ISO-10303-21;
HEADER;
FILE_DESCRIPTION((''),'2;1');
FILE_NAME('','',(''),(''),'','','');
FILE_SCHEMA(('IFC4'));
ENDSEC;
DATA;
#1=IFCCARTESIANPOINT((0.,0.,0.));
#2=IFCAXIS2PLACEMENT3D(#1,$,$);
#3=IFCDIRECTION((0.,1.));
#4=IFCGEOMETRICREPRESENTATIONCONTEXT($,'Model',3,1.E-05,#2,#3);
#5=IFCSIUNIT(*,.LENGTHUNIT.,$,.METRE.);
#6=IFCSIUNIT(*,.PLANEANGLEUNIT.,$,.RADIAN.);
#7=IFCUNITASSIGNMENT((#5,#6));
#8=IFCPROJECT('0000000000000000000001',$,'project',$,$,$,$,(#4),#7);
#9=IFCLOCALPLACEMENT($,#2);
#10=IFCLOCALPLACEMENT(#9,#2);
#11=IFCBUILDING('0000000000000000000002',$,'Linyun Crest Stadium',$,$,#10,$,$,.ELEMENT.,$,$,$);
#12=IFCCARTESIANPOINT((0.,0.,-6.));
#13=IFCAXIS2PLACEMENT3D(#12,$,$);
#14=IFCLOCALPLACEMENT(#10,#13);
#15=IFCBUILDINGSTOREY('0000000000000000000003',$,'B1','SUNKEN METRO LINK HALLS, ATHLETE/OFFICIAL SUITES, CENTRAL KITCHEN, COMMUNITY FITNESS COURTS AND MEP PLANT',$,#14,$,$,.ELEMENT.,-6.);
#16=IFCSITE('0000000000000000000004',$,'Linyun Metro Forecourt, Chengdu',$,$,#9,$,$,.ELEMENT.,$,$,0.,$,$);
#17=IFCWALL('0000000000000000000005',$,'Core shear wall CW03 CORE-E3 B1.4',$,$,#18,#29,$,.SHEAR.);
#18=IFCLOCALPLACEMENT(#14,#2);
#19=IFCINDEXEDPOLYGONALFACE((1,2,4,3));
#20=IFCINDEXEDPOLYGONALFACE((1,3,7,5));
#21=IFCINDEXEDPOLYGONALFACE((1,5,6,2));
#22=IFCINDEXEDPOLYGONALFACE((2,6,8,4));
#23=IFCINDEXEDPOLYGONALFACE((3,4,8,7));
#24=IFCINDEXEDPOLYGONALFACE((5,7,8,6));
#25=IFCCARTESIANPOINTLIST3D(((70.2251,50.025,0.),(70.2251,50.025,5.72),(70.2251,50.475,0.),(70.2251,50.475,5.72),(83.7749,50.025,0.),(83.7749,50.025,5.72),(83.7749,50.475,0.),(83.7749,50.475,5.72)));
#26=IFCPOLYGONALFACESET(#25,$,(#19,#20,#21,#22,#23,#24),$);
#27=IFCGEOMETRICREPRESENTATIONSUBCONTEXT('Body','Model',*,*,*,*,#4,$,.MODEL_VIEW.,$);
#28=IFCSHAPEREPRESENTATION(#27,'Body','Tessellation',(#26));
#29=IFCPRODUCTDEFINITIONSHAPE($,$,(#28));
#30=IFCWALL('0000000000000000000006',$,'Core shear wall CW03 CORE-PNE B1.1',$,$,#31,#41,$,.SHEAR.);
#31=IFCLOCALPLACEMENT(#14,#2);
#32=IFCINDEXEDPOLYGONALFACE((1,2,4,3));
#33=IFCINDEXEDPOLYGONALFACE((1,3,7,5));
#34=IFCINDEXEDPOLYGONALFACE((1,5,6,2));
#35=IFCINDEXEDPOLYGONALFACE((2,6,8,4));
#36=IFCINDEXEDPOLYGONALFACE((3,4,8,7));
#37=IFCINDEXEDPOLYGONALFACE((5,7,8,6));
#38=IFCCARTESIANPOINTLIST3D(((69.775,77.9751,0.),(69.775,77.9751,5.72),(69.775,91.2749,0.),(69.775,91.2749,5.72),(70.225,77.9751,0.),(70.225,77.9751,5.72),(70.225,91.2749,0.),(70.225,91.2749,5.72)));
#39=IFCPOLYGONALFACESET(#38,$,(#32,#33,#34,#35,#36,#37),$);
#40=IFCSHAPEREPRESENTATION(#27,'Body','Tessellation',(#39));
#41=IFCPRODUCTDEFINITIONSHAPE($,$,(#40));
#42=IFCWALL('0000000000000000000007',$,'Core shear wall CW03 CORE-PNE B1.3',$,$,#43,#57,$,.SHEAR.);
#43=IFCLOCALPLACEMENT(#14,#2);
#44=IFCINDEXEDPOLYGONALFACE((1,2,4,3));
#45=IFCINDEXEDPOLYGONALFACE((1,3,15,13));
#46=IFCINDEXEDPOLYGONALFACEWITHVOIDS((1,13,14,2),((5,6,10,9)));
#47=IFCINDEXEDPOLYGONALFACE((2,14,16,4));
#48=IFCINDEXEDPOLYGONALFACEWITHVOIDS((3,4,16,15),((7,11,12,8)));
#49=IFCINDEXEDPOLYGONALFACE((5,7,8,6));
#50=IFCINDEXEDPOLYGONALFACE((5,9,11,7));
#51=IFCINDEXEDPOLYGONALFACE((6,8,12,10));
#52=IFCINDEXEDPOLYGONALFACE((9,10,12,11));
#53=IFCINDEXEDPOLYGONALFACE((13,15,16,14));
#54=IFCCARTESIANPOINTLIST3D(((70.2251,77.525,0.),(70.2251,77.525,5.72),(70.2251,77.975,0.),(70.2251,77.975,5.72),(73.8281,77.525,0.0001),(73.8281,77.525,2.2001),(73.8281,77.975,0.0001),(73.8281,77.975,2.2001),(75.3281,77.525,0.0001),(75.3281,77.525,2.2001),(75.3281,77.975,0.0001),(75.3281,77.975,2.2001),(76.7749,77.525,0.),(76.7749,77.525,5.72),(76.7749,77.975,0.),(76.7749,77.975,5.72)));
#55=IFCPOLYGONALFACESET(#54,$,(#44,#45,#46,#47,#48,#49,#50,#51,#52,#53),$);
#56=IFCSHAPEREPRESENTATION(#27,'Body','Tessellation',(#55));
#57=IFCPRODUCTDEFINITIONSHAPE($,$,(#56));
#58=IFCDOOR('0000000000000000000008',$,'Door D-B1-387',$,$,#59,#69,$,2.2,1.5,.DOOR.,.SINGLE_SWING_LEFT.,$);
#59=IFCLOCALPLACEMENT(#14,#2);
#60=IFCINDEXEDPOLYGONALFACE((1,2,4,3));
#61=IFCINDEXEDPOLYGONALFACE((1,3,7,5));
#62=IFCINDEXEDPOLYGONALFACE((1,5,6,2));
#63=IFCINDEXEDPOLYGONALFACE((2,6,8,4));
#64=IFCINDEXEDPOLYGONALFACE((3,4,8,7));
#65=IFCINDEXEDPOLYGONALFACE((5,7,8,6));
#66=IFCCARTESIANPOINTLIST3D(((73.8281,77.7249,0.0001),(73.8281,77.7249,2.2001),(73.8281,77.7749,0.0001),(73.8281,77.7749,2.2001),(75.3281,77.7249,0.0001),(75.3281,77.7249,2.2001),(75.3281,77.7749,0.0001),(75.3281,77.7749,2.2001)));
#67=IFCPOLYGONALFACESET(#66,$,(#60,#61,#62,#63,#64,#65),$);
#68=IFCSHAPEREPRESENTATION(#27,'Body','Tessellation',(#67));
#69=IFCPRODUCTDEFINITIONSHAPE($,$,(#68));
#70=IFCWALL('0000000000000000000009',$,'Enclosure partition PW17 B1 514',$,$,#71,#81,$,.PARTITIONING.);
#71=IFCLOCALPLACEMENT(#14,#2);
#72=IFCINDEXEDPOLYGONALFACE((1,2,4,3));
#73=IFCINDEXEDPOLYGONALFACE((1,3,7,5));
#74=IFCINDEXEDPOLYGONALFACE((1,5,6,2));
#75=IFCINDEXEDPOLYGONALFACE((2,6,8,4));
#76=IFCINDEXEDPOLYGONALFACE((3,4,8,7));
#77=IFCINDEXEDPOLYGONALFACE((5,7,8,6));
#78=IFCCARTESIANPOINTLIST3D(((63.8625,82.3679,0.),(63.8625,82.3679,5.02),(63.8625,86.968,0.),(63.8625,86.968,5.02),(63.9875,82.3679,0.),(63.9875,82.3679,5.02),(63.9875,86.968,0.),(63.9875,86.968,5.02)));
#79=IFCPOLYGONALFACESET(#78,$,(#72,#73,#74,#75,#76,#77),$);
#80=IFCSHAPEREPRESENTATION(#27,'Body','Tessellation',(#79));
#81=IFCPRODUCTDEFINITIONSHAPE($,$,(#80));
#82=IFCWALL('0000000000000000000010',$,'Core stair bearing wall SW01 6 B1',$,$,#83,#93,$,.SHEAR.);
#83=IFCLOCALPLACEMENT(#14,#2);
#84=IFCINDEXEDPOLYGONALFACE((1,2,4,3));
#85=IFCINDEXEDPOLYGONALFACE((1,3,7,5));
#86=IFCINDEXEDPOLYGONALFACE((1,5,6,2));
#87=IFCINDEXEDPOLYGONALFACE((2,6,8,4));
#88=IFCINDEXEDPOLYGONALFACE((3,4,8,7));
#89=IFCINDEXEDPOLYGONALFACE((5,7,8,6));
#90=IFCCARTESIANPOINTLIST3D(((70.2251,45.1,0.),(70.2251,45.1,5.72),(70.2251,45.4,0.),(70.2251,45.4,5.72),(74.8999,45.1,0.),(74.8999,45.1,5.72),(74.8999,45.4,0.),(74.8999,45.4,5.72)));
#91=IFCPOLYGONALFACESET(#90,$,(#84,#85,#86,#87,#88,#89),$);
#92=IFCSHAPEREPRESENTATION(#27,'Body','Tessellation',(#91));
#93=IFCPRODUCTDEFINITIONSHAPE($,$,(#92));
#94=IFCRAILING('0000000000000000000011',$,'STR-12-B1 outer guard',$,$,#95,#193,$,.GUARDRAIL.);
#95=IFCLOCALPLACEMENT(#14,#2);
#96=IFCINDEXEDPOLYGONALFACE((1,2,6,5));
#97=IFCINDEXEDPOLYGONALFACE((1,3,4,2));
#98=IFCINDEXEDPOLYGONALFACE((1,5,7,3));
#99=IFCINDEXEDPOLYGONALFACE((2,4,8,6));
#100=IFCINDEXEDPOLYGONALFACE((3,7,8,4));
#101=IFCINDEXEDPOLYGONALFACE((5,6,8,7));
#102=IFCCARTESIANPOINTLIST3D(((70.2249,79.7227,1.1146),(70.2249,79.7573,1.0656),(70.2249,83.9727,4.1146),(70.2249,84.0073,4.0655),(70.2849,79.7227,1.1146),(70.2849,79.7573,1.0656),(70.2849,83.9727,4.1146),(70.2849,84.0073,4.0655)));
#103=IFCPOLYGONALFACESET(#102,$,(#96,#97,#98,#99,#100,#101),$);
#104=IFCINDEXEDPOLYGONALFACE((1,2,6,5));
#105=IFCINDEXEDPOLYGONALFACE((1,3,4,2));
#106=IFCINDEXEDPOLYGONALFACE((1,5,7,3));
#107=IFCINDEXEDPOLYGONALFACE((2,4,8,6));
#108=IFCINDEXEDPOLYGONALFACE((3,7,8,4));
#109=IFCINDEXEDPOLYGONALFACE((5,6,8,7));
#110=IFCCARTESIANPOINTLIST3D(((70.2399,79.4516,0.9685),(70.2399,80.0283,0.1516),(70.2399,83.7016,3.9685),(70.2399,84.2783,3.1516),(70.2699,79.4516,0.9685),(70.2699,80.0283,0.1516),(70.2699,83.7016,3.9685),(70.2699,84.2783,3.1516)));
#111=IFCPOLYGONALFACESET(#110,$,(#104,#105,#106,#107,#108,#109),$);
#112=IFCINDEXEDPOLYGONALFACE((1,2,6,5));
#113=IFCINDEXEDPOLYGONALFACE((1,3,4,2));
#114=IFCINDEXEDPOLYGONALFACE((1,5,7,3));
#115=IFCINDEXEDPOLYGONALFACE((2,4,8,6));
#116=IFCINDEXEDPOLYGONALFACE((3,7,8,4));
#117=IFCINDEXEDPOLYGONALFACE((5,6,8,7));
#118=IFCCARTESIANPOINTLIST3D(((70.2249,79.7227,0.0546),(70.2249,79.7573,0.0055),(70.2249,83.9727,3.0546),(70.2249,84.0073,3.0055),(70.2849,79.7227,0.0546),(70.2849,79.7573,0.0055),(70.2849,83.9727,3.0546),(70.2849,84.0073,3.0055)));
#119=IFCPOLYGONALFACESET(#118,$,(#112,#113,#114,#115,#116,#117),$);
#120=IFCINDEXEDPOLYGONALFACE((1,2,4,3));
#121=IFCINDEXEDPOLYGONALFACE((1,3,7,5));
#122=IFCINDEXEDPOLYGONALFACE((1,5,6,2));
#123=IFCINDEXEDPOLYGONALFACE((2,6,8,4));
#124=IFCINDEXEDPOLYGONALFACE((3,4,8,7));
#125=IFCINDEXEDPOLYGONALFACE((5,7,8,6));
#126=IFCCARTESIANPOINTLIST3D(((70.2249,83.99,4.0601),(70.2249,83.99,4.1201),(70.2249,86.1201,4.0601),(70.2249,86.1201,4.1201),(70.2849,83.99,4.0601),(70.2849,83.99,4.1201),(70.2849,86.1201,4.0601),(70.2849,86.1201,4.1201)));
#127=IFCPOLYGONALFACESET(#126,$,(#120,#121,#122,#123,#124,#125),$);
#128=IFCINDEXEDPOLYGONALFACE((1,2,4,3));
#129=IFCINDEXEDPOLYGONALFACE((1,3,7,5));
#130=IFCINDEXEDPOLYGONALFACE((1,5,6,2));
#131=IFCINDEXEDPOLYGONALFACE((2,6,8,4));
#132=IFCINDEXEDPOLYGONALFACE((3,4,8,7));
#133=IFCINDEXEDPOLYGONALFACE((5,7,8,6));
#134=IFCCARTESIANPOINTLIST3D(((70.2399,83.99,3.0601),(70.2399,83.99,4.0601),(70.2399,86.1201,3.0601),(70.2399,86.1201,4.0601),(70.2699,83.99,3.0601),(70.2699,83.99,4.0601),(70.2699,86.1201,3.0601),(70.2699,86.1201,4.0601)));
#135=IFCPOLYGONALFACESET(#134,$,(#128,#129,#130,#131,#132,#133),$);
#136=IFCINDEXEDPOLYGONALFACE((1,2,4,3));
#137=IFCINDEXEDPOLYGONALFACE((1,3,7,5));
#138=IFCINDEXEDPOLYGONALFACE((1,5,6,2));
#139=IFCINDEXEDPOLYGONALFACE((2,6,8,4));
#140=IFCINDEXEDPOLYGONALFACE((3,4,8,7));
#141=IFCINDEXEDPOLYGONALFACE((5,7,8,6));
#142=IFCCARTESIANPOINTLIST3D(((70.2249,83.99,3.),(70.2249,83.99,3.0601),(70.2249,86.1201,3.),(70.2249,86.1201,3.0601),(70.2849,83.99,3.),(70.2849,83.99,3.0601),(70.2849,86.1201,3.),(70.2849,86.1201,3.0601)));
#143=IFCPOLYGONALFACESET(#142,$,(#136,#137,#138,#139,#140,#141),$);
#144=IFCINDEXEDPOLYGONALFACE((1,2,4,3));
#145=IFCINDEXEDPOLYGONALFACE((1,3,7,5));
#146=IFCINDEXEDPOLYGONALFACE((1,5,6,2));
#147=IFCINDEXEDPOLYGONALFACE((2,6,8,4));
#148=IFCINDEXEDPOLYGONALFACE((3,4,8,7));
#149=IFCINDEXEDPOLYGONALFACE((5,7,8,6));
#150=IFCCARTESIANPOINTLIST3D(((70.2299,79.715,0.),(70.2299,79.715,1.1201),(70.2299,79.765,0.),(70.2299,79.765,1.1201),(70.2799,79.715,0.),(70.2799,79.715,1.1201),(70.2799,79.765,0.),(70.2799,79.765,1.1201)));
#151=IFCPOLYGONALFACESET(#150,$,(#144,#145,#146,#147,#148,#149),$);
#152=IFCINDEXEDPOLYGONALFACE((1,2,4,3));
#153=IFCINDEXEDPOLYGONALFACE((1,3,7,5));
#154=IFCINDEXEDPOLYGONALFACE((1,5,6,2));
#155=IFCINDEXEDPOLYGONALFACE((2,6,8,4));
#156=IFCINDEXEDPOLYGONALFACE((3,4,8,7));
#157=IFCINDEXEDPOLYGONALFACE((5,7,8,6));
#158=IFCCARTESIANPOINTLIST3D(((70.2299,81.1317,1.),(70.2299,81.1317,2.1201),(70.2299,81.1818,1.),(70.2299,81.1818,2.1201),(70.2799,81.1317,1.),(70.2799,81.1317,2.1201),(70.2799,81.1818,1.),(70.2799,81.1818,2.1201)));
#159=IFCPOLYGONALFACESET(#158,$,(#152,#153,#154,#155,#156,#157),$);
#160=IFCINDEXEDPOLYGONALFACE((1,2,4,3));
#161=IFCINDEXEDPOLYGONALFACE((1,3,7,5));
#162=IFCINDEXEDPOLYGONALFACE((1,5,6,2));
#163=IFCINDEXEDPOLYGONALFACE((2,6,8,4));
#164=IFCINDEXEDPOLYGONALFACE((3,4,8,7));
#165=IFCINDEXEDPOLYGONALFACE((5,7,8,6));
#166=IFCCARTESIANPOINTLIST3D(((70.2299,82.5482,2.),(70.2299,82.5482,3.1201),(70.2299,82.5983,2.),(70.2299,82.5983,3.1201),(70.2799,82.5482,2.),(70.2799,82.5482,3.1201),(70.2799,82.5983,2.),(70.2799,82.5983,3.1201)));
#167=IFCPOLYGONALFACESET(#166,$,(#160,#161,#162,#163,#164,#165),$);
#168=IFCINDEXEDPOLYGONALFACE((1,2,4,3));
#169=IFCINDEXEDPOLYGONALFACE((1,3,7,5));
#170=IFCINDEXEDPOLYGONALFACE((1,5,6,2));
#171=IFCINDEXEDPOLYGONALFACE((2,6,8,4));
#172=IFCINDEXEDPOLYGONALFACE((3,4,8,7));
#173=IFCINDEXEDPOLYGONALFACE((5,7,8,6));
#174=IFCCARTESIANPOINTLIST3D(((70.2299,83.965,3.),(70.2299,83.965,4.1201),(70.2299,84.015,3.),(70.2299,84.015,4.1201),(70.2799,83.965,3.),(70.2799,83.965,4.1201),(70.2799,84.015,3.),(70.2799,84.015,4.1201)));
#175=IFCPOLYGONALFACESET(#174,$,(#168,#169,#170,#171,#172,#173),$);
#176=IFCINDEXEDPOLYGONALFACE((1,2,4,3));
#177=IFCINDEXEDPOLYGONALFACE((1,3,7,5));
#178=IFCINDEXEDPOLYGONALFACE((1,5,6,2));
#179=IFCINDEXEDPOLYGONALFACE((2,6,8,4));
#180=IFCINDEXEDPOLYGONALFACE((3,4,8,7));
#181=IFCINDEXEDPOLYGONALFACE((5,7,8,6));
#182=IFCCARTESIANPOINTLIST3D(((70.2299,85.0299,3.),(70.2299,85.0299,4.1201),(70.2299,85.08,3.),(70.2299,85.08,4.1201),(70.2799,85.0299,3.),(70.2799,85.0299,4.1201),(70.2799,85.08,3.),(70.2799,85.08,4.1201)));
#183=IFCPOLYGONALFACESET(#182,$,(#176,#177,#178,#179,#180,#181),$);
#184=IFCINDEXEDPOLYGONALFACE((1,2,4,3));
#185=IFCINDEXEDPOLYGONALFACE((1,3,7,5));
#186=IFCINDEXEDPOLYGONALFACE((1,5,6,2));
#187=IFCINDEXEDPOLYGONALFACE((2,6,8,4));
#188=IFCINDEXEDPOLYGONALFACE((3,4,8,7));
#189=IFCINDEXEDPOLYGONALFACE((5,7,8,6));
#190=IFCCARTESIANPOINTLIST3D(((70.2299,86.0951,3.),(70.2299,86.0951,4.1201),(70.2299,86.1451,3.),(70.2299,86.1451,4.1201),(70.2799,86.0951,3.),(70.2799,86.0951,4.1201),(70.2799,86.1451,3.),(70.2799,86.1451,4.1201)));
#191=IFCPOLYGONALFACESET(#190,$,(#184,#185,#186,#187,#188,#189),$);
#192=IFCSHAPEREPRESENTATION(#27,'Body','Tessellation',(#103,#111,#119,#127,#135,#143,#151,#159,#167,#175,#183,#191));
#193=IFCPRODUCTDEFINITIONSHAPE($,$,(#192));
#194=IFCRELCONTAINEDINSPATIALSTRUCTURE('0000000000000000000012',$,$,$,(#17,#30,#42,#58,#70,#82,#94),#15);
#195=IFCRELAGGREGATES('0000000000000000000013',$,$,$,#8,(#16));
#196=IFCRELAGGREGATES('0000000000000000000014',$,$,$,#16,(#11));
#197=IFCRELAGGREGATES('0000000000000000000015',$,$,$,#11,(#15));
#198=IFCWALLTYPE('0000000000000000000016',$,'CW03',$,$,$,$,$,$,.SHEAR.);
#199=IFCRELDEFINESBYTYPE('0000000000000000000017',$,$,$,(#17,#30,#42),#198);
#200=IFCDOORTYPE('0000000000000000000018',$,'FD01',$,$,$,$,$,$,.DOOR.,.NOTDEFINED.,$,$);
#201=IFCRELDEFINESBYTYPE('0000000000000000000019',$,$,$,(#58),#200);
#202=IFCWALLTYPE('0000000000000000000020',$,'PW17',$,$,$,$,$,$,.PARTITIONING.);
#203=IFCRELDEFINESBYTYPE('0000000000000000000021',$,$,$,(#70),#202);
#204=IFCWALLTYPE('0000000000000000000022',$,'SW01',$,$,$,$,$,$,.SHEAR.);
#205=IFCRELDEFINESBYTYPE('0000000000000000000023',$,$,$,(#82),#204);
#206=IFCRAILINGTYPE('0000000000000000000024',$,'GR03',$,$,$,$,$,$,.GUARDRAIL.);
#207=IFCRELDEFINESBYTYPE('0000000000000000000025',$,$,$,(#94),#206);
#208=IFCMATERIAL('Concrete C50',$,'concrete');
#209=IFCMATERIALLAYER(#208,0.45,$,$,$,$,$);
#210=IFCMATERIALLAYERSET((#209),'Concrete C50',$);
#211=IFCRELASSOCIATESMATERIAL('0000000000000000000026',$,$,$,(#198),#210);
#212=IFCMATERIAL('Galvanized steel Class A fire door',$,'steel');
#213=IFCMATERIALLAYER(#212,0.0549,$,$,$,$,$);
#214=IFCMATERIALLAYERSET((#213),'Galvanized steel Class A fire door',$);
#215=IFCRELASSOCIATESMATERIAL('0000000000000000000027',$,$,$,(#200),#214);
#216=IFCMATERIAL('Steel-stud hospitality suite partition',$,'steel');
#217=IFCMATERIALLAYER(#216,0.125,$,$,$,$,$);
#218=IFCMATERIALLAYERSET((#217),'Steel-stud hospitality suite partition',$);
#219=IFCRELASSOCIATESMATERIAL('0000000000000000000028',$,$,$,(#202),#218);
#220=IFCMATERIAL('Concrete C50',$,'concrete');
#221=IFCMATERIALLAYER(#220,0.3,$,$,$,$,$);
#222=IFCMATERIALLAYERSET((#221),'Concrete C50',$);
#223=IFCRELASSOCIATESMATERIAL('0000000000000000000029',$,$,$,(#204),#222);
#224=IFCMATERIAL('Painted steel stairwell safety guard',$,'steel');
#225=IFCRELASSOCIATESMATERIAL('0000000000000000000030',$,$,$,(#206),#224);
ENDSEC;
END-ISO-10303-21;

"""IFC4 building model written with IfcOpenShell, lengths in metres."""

from ifc_helpers import new_model, si_unit, direction, frame, frame_2d, origin, origin_2d, place, context, subcontext, project, spatial, rectangle, extrude, material, layer, layer_set, type_object, element, fill, save


model = new_model("IFC4")

# Units and contexts
model_context = context("Model", 3, precision=1e-05, world=origin(), true_north=direction((0.0, 1.0)))
body_context = subcontext(model_context, "Body", "Model", "MODEL_VIEW")
ifc_project = project(units=[si_unit("LENGTHUNIT", "METRE"), si_unit("PLANEANGLEUNIT", "RADIAN")], contexts=[model_context])

# Site, building, storey
site_placement = place(None, origin())
site = spatial("IfcSite", under=ifc_project, at=site_placement, Name="Linyun Metro Forecourt, Chengdu", CompositionType="ELEMENT", RefElevation=0.0)
building_placement = place(site_placement, origin())
building = spatial("IfcBuilding", under=site, at=building_placement, Name="Linyun Crest Stadium", CompositionType="ELEMENT")
storey_placement = place(building_placement, frame((0.0, 0.0, -6.0)))
storey = spatial("IfcBuildingStorey", under=building, at=storey_placement, Name="B1", Description="SUNKEN METRO LINK HALLS, ATHLETE/OFFICIAL SUITES, CENTRAL KITCHEN, COMMUNITY FITNESS COURTS AND MEP PLANT", CompositionType="ELEMENT", Elevation=-6.0)

# Walls
ifc_material_1 = material(Name="Concrete C50", Category="concrete")
ifc_layer_1 = layer(ifc_material_1, 0.45)
ifc_layer_set_1 = layer_set([ifc_layer_1], Name="Concrete C50")
wall_type_1 = type_object("IfcWallType", Name="CW03", PredefinedType="SHEAR", material=ifc_layer_set_1)
wall_1_placement = place(storey_placement, frame((70.2251, 50.25, 0.0), z_axis=(0.0, 0.0, 1.0), x_axis=(1.0, 0.0, 0.0)))
element("IfcWall", 1, at=wall_1_placement, inside=storey, type_object=wall_type_1, Name="Core shear wall CW03 CORE-E3 B1.4", PredefinedType="SHEAR", context=body_context, shape_type="SweptSolid", body=[
    extrude(rectangle(XDim=13.5498, YDim=0.45, at=frame_2d((6.7749, 0.0))), origin(), (0.0, 0.0, 1.0), 5.72),
])
wall_2_placement = place(storey_placement, frame((70.0, 77.9751, 0.0), z_axis=(0.0, 0.0, 1.0), x_axis=(0.0, 1.0, 0.0)))
element("IfcWall", 2, at=wall_2_placement, inside=storey, type_object=wall_type_1, Name="Core shear wall CW03 CORE-PNE B1.1", PredefinedType="SHEAR", context=body_context, shape_type="SweptSolid", body=[
    extrude(rectangle(XDim=13.2998, YDim=0.45, at=frame_2d((6.6499, 0.0))), origin(), (0.0, 0.0, 1.0), 5.72),
])

# Wall, opening, door
wall_3_placement = place(storey_placement, frame((70.2251, 77.75, 0.0), z_axis=(0.0, 0.0, 1.0), x_axis=(1.0, 0.0, 0.0)))
wall_3 = element("IfcWall", 3, at=wall_3_placement, inside=storey, type_object=wall_type_1, Name="Core shear wall CW03 CORE-PNE B1.3", PredefinedType="SHEAR", context=body_context, shape_type="SweptSolid", body=[
    extrude(rectangle(XDim=6.5498, YDim=0.45, at=frame_2d((3.2749, 0.0))), origin(), (0.0, 0.0, 1.0), 5.72),
])
opening_placement = place(wall_3_placement, frame((3.603, 0.0, 0.0)))
opening = element("IfcOpeningElement", 4, at=opening_placement, cuts=wall_3, PredefinedType="OPENING", context=body_context, shape_type="SweptSolid", body=[
    extrude(rectangle(XDim=1.5, YDim=2.2, at=frame_2d((0.75, 1.1001))), frame((0.0, 0.2349, 0.0), z_axis=(0.0, -1.0, 0.0), x_axis=(1.0, 0.0, 0.0)), (0.0, 0.0, 1.0), 0.47),
])
ifc_material_2 = material(Name="Galvanized steel Class A fire door", Category="steel")
ifc_layer_2 = layer(ifc_material_2, 0.0549)
ifc_layer_set_2 = layer_set([ifc_layer_2], Name="Galvanized steel Class A fire door")
door_type = type_object("IfcDoorType", Name="FD01", OperationType="NOTDEFINED", PredefinedType="DOOR", material=ifc_layer_set_2)
door_placement = place(opening_placement, origin())
door = element("IfcDoor", 5, at=door_placement, inside=storey, type_object=door_type, Name="Door D-B1-387", OperationType="SINGLE_SWING_LEFT", OverallHeight=2.2, OverallWidth=1.5, PredefinedType="DOOR", context=body_context, shape_type="SweptSolid", body=[
    extrude(rectangle(XDim=1.5, YDim=2.2, at=frame_2d((0.75, 1.1001))), frame((0.0, 0.0249, 0.0), z_axis=(0.0, -1.0, 0.0), x_axis=(1.0, 0.0, 0.0)), (0.0, 0.0, 1.0), 0.05),
])
fill(opening, door)

# Walls
ifc_material_3 = material(Name="Steel-stud hospitality suite partition", Category="steel")
ifc_layer_3 = layer(ifc_material_3, 0.125)
ifc_layer_set_3 = layer_set([ifc_layer_3], Name="Steel-stud hospitality suite partition")
wall_type_2 = type_object("IfcWallType", Name="PW17", PredefinedType="PARTITIONING", material=ifc_layer_set_3)
wall_4_placement = place(storey_placement, frame((63.925, 82.3679, 0.0), z_axis=(0.0, 0.0, 1.0), x_axis=(0.0, 1.0, 0.0)))
element("IfcWall", 6, at=wall_4_placement, inside=storey, type_object=wall_type_2, Name="Enclosure partition PW17 B1 514", PredefinedType="PARTITIONING", context=body_context, shape_type="SweptSolid", body=[
    extrude(rectangle(XDim=4.6001, YDim=0.125, at=frame_2d((2.3, 0.0))), origin(), (0.0, 0.0, 1.0), 5.02),
])
ifc_material_4 = material(Name="Concrete C50", Category="concrete")
ifc_layer_4 = layer(ifc_material_4, 0.3)
ifc_layer_set_4 = layer_set([ifc_layer_4], Name="Concrete C50")
wall_type_3 = type_object("IfcWallType", Name="SW01", PredefinedType="SHEAR", material=ifc_layer_set_4)
wall_5_placement = place(storey_placement, frame((70.2251, 45.25, 0.0), z_axis=(0.0, 0.0, 1.0), x_axis=(1.0, 0.0, 0.0)))
element("IfcWall", 7, at=wall_5_placement, inside=storey, type_object=wall_type_3, Name="Core stair bearing wall SW01 6 B1", PredefinedType="SHEAR", context=body_context, shape_type="SweptSolid", body=[
    extrude(rectangle(XDim=4.6748, YDim=0.3, at=frame_2d((2.3374, 0.0))), origin(), (0.0, 0.0, 1.0), 5.72),
])

# Railing
ifc_material_5 = material(Name="Painted steel stairwell safety guard", Category="steel")
railing_type = type_object("IfcRailingType", Name="GR03", PredefinedType="GUARDRAIL", material=ifc_material_5)
railing_placement = place(storey_placement, frame((70.2549, 79.74, 0.0)))
element("IfcRailing", 8, at=railing_placement, inside=storey, type_object=railing_type, Name="STR-12-B1 outer guard", PredefinedType="GUARDRAIL", context=body_context, shape_type="SweptSolid", body=[
    extrude(rectangle(XDim=0.0601, YDim=0.0601, at=origin_2d()), frame((0.0, 0.0, 1.0901), z_axis=(0.0, 0.816968, 0.576683), x_axis=(-1.0, 0.0, 0.0)), (0.0, 0.0, 1.0), 5.2021),
    extrude(rectangle(XDim=0.03, YDim=1.0, at=origin_2d()), frame((0.0, 0.0, 0.5601), z_axis=(0.0, 0.816968, 0.576683), x_axis=(-1.0, 0.0, 0.0)), (0.0, 0.0, 1.0), 5.2021),
    extrude(rectangle(XDim=0.0601, YDim=0.0601, at=origin_2d()), frame((0.0, 0.0, 0.03), z_axis=(0.0, 0.816968, 0.576683), x_axis=(-1.0, 0.0, 0.0)), (0.0, 0.0, 1.0), 5.2021),
    extrude(rectangle(XDim=0.0601, YDim=0.0601, at=origin_2d()), frame((0.0, 4.25, 4.0901), z_axis=(0.0, 1.0, 0.0), x_axis=(-1.0, 0.0, 0.0)), (0.0, 0.0, 1.0), 2.1301),
    extrude(rectangle(XDim=0.03, YDim=1.0, at=origin_2d()), frame((0.0, 4.25, 3.5601), z_axis=(0.0, 1.0, 0.0), x_axis=(-1.0, 0.0, 0.0)), (0.0, 0.0, 1.0), 2.1301),
    extrude(rectangle(XDim=0.0601, YDim=0.0601, at=origin_2d()), frame((0.0, 4.25, 3.03), z_axis=(0.0, 1.0, 0.0), x_axis=(-1.0, 0.0, 0.0)), (0.0, 0.0, 1.0), 2.1301),
    extrude(rectangle(XDim=0.05, YDim=0.05, at=origin_2d()), origin(), (0.0, 0.0, 1.0), 1.1201),
    extrude(rectangle(XDim=0.05, YDim=0.05, at=origin_2d()), frame((0.0, 1.4167, 1.0)), (0.0, 0.0, 1.0), 1.1201),
    extrude(rectangle(XDim=0.05, YDim=0.05, at=origin_2d()), frame((0.0, 2.8333, 2.0)), (0.0, 0.0, 1.0), 1.1201),
    extrude(rectangle(XDim=0.05, YDim=0.05, at=origin_2d()), frame((0.0, 4.25, 3.0)), (0.0, 0.0, 1.0), 1.1201),
    extrude(rectangle(XDim=0.05, YDim=0.05, at=origin_2d()), frame((0.0, 5.3149, 3.0)), (0.0, 0.0, 1.0), 1.1201),
    extrude(rectangle(XDim=0.05, YDim=0.05, at=origin_2d()), frame((0.0, 6.3801, 3.0)), (0.0, 0.0, 1.0), 1.1201),
])

save(model, "model.ifc")
